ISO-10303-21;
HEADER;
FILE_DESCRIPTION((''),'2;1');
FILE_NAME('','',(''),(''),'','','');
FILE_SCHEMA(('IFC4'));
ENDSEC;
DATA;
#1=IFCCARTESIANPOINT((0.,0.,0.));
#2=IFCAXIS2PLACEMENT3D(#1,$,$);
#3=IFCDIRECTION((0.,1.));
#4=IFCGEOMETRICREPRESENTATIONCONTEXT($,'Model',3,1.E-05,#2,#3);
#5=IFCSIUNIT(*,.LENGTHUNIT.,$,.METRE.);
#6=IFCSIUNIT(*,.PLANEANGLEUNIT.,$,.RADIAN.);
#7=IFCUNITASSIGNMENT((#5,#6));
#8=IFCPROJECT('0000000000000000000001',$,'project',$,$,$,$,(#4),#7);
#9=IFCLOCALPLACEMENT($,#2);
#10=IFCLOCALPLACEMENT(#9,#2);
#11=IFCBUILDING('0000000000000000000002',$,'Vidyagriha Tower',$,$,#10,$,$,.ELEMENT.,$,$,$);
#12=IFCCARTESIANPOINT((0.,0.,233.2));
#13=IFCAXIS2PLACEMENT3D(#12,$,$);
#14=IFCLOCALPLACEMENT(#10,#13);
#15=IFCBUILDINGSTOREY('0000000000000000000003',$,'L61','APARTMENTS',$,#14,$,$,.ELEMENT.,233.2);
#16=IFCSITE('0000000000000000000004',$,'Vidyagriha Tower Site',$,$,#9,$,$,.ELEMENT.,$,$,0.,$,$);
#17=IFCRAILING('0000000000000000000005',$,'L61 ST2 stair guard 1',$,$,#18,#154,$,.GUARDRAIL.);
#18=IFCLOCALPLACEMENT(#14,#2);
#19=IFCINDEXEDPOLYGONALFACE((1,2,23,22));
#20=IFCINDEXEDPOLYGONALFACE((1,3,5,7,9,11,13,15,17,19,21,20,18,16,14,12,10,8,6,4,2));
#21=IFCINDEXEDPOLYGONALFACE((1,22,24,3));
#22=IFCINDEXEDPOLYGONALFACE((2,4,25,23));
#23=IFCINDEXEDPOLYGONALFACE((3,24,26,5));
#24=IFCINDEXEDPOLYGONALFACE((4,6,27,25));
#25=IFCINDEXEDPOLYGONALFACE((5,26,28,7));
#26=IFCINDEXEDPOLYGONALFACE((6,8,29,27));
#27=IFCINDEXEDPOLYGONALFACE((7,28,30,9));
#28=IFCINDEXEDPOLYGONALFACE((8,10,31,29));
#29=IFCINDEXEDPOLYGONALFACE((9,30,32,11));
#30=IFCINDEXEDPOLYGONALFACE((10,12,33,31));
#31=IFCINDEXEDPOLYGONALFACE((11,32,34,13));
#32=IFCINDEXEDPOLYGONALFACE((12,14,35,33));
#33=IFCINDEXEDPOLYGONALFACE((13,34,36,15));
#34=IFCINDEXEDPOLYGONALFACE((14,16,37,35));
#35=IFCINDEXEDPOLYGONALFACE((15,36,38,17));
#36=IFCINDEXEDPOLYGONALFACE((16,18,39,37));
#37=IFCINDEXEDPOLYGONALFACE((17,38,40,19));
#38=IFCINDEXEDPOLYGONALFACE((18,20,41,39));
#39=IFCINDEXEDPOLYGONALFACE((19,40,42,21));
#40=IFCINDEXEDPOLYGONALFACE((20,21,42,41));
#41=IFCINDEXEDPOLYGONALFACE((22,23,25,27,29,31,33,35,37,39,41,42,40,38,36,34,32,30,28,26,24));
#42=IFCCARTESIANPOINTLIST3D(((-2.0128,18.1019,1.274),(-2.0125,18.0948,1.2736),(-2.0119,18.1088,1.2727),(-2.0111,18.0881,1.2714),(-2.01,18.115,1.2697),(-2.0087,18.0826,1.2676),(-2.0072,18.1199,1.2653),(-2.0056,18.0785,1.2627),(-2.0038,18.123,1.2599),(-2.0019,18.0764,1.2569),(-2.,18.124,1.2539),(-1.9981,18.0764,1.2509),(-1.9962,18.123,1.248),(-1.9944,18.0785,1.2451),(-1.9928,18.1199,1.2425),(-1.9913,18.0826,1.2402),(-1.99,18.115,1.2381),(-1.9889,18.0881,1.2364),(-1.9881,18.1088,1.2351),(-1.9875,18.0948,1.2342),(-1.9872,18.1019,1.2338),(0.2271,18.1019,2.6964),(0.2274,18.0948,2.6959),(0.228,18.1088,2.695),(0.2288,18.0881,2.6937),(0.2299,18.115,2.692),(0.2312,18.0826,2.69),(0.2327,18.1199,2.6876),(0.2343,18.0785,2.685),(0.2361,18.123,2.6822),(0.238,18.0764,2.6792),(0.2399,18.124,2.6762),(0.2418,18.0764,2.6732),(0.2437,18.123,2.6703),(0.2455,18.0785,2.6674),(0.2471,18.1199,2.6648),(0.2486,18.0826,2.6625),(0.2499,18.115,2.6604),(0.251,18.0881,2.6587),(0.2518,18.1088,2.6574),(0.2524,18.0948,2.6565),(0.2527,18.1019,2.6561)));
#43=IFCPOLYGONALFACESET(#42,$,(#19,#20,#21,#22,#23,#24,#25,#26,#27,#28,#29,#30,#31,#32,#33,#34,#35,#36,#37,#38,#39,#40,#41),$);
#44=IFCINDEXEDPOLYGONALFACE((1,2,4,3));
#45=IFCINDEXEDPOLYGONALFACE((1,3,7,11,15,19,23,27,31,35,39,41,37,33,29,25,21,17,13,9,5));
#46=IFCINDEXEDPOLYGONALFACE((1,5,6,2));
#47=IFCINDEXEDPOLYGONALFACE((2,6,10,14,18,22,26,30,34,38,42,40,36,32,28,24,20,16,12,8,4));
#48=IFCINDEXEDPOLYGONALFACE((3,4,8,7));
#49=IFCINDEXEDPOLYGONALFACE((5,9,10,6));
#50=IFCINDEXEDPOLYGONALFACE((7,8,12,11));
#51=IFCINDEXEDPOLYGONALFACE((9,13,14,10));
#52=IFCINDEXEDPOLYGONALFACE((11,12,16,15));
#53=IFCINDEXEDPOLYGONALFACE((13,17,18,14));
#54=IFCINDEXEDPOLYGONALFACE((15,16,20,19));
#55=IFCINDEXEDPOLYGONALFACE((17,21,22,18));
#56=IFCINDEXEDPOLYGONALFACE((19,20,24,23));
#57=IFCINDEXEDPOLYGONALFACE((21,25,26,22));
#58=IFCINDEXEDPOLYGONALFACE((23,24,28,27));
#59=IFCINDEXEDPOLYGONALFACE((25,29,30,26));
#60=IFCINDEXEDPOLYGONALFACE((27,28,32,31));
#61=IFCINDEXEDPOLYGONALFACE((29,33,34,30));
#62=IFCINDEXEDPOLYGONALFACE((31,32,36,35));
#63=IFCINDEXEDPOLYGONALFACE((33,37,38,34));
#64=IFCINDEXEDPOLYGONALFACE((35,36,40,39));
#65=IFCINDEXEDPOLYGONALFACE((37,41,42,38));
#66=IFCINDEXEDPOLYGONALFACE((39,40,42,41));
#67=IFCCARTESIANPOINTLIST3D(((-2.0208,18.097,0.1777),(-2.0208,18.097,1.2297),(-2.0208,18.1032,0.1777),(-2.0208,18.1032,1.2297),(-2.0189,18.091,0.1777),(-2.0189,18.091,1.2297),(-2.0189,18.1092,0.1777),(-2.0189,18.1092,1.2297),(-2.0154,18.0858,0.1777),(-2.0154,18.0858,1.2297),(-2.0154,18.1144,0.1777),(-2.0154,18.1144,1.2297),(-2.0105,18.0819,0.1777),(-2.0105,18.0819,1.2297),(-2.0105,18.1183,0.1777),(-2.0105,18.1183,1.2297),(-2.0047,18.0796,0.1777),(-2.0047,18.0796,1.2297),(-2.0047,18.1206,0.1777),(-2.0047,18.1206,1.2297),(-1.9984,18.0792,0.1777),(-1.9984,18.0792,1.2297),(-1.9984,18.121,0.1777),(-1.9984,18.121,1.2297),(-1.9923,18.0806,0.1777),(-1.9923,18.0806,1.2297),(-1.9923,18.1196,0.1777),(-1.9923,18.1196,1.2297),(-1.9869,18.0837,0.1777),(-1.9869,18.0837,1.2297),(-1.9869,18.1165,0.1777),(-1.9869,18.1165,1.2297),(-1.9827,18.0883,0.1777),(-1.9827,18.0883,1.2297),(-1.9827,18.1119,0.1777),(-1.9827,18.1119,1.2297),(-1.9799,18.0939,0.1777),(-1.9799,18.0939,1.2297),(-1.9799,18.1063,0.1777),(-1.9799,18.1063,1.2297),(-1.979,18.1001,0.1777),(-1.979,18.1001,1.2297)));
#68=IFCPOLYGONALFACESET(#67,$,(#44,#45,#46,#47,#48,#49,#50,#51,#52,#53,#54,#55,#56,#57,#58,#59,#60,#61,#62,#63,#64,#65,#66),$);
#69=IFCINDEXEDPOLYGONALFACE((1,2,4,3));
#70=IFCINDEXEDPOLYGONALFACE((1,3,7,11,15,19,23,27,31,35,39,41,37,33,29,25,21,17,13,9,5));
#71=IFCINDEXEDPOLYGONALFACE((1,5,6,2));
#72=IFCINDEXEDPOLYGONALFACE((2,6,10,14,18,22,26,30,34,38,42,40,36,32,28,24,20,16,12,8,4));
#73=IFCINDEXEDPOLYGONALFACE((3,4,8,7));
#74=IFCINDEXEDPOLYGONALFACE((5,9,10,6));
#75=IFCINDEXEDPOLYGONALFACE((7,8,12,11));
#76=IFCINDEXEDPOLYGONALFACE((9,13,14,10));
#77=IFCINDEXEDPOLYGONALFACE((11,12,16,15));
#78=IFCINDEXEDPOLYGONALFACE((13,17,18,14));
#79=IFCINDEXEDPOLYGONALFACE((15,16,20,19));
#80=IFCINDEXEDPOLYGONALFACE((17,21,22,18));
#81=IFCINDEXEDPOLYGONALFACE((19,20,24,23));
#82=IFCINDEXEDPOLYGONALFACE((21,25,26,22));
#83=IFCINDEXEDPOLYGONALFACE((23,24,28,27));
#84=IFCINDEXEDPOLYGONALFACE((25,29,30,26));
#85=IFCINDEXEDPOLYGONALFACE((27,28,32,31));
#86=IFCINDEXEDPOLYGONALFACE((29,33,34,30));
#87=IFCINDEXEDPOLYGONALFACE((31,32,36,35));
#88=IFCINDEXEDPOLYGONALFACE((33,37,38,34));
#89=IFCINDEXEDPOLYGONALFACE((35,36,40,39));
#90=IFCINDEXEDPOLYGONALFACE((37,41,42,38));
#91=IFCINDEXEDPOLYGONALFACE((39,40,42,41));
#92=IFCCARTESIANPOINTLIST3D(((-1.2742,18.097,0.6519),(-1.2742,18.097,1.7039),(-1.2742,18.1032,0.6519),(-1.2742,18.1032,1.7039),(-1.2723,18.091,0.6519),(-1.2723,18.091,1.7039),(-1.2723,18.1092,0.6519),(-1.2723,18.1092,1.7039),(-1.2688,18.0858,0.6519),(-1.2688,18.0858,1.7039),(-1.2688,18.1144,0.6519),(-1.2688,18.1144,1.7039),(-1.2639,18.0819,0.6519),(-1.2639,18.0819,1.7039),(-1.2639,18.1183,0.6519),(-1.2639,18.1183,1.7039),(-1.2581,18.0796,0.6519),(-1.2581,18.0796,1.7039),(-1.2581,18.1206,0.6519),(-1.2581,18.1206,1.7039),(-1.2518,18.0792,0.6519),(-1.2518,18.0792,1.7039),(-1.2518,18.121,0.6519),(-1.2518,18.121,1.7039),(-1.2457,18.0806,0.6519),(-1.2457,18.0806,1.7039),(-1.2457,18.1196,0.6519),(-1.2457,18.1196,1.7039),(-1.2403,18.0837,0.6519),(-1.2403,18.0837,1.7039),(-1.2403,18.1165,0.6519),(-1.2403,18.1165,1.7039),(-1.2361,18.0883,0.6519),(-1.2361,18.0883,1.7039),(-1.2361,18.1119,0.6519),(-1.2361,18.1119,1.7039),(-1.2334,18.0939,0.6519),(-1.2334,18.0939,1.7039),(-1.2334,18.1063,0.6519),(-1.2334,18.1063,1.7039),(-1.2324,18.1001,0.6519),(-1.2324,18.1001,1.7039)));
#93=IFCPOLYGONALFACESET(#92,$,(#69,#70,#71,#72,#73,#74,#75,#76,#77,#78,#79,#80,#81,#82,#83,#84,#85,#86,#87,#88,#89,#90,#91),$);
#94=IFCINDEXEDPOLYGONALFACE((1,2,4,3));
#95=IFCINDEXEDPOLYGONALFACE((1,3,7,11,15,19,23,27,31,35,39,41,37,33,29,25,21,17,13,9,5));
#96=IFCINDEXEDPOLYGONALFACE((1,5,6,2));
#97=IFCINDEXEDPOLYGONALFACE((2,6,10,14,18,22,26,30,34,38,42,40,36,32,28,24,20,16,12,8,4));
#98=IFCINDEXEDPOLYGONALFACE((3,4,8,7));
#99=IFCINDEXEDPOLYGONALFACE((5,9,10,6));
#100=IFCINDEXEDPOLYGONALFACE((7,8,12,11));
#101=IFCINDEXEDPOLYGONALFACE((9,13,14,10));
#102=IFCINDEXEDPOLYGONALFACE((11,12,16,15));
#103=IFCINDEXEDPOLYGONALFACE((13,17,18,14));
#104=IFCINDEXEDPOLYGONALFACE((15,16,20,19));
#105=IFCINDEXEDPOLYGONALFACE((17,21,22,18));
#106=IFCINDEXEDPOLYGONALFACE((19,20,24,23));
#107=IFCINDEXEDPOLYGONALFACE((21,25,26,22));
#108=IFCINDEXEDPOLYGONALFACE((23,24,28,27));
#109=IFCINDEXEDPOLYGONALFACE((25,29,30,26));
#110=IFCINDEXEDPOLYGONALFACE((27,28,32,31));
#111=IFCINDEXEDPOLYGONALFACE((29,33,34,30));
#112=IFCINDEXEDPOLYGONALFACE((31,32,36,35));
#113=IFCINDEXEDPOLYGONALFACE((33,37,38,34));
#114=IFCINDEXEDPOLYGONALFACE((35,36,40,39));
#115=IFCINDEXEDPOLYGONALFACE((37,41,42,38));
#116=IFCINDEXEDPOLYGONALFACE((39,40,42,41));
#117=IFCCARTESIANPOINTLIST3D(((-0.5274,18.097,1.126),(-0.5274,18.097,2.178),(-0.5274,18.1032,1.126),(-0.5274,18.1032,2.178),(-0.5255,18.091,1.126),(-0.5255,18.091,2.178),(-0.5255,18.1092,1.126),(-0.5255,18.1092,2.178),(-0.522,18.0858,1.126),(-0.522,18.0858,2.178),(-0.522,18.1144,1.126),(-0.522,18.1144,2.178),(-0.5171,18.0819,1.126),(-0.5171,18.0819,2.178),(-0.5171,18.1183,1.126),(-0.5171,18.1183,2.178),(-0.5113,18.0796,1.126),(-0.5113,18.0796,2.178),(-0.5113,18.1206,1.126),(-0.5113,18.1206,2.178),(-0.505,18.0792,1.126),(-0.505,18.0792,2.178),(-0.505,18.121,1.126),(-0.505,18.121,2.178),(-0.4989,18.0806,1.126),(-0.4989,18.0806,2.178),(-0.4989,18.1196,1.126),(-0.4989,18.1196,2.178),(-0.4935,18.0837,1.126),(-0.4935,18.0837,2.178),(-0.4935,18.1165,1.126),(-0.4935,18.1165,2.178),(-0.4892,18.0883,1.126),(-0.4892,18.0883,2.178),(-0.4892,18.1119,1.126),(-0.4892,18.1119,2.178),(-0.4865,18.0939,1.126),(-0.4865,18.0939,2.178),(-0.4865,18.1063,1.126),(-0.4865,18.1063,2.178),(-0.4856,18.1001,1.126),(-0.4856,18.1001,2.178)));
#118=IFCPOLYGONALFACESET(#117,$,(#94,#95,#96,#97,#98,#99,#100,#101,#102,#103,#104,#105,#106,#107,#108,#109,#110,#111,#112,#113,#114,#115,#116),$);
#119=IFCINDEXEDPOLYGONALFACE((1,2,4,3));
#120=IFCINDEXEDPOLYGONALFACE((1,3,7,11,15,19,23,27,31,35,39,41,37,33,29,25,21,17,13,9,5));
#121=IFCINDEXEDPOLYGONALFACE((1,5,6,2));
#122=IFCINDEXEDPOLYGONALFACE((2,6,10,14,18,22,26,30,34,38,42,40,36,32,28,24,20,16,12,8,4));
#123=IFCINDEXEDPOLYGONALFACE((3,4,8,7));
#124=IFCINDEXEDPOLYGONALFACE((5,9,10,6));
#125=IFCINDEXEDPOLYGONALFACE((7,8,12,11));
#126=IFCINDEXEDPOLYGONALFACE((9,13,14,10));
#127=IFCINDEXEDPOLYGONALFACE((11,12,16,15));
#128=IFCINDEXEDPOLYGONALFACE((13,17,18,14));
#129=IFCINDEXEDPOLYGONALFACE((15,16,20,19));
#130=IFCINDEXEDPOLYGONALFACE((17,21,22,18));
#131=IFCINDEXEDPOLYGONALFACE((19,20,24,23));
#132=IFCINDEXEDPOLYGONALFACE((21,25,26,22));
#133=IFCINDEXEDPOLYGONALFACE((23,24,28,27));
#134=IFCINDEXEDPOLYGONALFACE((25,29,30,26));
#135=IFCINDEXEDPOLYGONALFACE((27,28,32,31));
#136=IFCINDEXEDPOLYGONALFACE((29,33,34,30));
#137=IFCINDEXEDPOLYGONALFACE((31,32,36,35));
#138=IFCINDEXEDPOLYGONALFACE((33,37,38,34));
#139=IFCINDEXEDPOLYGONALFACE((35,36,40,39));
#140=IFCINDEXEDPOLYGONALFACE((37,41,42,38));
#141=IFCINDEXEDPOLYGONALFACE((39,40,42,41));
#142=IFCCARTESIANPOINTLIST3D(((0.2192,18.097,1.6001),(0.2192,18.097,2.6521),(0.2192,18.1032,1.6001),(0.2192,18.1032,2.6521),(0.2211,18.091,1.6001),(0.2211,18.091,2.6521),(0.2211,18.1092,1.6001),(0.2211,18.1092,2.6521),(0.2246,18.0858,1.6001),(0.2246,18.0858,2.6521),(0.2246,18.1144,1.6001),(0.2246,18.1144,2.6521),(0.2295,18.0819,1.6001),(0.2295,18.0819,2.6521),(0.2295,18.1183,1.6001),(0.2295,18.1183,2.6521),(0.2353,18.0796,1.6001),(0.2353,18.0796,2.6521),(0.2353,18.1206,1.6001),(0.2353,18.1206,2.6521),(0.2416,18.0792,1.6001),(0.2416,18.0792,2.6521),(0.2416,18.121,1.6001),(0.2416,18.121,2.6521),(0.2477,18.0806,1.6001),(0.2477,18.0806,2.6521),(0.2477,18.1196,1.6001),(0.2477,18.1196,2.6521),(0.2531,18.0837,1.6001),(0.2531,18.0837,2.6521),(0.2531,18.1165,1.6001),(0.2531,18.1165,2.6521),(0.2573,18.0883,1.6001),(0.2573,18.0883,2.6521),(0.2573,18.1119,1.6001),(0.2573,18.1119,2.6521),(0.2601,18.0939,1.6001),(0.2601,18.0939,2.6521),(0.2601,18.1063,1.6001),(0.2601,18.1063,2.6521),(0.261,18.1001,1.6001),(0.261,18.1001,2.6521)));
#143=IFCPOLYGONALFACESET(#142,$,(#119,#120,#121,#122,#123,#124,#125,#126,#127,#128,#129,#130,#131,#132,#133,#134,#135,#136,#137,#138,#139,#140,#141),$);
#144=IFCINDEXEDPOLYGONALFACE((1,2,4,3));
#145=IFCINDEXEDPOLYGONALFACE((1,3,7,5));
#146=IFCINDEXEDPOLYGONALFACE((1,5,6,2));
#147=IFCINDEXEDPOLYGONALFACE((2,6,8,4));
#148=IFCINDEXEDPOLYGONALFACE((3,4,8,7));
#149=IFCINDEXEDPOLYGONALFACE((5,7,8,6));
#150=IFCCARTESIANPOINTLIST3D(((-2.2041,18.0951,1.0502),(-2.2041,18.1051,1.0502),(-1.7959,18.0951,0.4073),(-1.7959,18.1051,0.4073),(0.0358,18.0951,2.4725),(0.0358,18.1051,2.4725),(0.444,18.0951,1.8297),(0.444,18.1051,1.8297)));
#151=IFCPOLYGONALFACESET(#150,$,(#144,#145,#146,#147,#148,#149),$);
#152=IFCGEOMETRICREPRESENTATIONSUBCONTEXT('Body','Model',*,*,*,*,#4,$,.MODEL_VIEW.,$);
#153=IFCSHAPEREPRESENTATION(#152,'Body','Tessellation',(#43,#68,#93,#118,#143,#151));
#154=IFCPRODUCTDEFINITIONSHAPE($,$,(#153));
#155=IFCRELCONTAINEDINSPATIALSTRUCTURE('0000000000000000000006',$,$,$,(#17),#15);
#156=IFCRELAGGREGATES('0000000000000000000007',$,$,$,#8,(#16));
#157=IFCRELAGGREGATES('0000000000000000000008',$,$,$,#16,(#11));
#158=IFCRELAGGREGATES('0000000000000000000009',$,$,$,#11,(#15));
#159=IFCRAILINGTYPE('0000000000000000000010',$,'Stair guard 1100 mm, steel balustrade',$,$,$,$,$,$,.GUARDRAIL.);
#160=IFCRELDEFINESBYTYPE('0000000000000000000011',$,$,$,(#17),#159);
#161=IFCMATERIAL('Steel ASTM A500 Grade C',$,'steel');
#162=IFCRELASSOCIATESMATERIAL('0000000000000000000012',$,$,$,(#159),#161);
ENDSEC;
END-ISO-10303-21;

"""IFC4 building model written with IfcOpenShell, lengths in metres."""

from ifc_helpers import new_model, si_unit, direction, frame, origin, origin_2d, place, context, subcontext, project, spatial, rectangle, circle, extrude, material, type_object, element, save


model = new_model("IFC4")

# Units and contexts
model_context = context("Model", 3, precision=1e-05, world=origin(), true_north=direction((0.0, 1.0)))
body_context = subcontext(model_context, "Body", "Model", "MODEL_VIEW")
ifc_project = project(units=[si_unit("LENGTHUNIT", "METRE"), si_unit("PLANEANGLEUNIT", "RADIAN")], contexts=[model_context])

# Site, building, storey
site_placement = place(None, origin())
site = spatial("IfcSite", under=ifc_project, at=site_placement, Name="Vidyagriha Tower Site", CompositionType="ELEMENT", RefElevation=0.0)
building_placement = place(site_placement, origin())
building = spatial("IfcBuilding", under=site, at=building_placement, Name="Vidyagriha Tower", CompositionType="ELEMENT")
storey_placement = place(building_placement, frame((0.0, 0.0, 233.2)))
storey = spatial("IfcBuildingStorey", under=building, at=storey_placement, Name="L61", Description="APARTMENTS", CompositionType="ELEMENT", Elevation=233.2)

# Railing
ifc_material_1 = material(Name="Steel ASTM A500 Grade C", Category="steel")
railing_type_1 = type_object("IfcRailingType", Name="Stair guard 1100 mm, steel balustrade", PredefinedType="GUARDRAIL", material=ifc_material_1)
railing_1_placement = place(storey_placement, frame((-2.0, 18.1001, 0.1777)))
element("IfcRailing", 1, at=railing_1_placement, inside=storey, type_object=railing_type_1, Name="L61 ST2 stair guard 1", PredefinedType="GUARDRAIL", context=body_context, shape_type="SweptSolid", body=[
    extrude(circle(Radius=0.0239, at=origin_2d()), frame((0.0, 0.0, 1.0762), z_axis=(0.844188, 0.0, 0.536048), x_axis=(0.0, 1.0, 0.0)), (0.0, 0.0, 1.0), 2.6533),
    extrude(circle(Radius=0.021, at=origin_2d()), origin(), (0.0, 0.0, 1.0), 1.052),
    extrude(circle(Radius=0.021, at=origin_2d()), frame((0.7466, 0.0, 0.4741)), (0.0, 0.0, 1.0), 1.052),
    extrude(circle(Radius=0.021, at=origin_2d()), frame((1.4934, 0.0, 0.9482)), (0.0, 0.0, 1.0), 1.052),
    extrude(circle(Radius=0.021, at=origin_2d()), frame((2.24, 0.0, 1.4224)), (0.0, 0.0, 1.0), 1.052),
    extrude(rectangle(XDim=0.01, YDim=0.7615, at=origin_2d()), frame((0.0, 0.0, 0.551), z_axis=(0.844188, 0.0, 0.536048), x_axis=(0.0, 1.0, 0.0)), (0.0, 0.0, 1.0), 2.6533),
])

save(model, "model.ifc")
